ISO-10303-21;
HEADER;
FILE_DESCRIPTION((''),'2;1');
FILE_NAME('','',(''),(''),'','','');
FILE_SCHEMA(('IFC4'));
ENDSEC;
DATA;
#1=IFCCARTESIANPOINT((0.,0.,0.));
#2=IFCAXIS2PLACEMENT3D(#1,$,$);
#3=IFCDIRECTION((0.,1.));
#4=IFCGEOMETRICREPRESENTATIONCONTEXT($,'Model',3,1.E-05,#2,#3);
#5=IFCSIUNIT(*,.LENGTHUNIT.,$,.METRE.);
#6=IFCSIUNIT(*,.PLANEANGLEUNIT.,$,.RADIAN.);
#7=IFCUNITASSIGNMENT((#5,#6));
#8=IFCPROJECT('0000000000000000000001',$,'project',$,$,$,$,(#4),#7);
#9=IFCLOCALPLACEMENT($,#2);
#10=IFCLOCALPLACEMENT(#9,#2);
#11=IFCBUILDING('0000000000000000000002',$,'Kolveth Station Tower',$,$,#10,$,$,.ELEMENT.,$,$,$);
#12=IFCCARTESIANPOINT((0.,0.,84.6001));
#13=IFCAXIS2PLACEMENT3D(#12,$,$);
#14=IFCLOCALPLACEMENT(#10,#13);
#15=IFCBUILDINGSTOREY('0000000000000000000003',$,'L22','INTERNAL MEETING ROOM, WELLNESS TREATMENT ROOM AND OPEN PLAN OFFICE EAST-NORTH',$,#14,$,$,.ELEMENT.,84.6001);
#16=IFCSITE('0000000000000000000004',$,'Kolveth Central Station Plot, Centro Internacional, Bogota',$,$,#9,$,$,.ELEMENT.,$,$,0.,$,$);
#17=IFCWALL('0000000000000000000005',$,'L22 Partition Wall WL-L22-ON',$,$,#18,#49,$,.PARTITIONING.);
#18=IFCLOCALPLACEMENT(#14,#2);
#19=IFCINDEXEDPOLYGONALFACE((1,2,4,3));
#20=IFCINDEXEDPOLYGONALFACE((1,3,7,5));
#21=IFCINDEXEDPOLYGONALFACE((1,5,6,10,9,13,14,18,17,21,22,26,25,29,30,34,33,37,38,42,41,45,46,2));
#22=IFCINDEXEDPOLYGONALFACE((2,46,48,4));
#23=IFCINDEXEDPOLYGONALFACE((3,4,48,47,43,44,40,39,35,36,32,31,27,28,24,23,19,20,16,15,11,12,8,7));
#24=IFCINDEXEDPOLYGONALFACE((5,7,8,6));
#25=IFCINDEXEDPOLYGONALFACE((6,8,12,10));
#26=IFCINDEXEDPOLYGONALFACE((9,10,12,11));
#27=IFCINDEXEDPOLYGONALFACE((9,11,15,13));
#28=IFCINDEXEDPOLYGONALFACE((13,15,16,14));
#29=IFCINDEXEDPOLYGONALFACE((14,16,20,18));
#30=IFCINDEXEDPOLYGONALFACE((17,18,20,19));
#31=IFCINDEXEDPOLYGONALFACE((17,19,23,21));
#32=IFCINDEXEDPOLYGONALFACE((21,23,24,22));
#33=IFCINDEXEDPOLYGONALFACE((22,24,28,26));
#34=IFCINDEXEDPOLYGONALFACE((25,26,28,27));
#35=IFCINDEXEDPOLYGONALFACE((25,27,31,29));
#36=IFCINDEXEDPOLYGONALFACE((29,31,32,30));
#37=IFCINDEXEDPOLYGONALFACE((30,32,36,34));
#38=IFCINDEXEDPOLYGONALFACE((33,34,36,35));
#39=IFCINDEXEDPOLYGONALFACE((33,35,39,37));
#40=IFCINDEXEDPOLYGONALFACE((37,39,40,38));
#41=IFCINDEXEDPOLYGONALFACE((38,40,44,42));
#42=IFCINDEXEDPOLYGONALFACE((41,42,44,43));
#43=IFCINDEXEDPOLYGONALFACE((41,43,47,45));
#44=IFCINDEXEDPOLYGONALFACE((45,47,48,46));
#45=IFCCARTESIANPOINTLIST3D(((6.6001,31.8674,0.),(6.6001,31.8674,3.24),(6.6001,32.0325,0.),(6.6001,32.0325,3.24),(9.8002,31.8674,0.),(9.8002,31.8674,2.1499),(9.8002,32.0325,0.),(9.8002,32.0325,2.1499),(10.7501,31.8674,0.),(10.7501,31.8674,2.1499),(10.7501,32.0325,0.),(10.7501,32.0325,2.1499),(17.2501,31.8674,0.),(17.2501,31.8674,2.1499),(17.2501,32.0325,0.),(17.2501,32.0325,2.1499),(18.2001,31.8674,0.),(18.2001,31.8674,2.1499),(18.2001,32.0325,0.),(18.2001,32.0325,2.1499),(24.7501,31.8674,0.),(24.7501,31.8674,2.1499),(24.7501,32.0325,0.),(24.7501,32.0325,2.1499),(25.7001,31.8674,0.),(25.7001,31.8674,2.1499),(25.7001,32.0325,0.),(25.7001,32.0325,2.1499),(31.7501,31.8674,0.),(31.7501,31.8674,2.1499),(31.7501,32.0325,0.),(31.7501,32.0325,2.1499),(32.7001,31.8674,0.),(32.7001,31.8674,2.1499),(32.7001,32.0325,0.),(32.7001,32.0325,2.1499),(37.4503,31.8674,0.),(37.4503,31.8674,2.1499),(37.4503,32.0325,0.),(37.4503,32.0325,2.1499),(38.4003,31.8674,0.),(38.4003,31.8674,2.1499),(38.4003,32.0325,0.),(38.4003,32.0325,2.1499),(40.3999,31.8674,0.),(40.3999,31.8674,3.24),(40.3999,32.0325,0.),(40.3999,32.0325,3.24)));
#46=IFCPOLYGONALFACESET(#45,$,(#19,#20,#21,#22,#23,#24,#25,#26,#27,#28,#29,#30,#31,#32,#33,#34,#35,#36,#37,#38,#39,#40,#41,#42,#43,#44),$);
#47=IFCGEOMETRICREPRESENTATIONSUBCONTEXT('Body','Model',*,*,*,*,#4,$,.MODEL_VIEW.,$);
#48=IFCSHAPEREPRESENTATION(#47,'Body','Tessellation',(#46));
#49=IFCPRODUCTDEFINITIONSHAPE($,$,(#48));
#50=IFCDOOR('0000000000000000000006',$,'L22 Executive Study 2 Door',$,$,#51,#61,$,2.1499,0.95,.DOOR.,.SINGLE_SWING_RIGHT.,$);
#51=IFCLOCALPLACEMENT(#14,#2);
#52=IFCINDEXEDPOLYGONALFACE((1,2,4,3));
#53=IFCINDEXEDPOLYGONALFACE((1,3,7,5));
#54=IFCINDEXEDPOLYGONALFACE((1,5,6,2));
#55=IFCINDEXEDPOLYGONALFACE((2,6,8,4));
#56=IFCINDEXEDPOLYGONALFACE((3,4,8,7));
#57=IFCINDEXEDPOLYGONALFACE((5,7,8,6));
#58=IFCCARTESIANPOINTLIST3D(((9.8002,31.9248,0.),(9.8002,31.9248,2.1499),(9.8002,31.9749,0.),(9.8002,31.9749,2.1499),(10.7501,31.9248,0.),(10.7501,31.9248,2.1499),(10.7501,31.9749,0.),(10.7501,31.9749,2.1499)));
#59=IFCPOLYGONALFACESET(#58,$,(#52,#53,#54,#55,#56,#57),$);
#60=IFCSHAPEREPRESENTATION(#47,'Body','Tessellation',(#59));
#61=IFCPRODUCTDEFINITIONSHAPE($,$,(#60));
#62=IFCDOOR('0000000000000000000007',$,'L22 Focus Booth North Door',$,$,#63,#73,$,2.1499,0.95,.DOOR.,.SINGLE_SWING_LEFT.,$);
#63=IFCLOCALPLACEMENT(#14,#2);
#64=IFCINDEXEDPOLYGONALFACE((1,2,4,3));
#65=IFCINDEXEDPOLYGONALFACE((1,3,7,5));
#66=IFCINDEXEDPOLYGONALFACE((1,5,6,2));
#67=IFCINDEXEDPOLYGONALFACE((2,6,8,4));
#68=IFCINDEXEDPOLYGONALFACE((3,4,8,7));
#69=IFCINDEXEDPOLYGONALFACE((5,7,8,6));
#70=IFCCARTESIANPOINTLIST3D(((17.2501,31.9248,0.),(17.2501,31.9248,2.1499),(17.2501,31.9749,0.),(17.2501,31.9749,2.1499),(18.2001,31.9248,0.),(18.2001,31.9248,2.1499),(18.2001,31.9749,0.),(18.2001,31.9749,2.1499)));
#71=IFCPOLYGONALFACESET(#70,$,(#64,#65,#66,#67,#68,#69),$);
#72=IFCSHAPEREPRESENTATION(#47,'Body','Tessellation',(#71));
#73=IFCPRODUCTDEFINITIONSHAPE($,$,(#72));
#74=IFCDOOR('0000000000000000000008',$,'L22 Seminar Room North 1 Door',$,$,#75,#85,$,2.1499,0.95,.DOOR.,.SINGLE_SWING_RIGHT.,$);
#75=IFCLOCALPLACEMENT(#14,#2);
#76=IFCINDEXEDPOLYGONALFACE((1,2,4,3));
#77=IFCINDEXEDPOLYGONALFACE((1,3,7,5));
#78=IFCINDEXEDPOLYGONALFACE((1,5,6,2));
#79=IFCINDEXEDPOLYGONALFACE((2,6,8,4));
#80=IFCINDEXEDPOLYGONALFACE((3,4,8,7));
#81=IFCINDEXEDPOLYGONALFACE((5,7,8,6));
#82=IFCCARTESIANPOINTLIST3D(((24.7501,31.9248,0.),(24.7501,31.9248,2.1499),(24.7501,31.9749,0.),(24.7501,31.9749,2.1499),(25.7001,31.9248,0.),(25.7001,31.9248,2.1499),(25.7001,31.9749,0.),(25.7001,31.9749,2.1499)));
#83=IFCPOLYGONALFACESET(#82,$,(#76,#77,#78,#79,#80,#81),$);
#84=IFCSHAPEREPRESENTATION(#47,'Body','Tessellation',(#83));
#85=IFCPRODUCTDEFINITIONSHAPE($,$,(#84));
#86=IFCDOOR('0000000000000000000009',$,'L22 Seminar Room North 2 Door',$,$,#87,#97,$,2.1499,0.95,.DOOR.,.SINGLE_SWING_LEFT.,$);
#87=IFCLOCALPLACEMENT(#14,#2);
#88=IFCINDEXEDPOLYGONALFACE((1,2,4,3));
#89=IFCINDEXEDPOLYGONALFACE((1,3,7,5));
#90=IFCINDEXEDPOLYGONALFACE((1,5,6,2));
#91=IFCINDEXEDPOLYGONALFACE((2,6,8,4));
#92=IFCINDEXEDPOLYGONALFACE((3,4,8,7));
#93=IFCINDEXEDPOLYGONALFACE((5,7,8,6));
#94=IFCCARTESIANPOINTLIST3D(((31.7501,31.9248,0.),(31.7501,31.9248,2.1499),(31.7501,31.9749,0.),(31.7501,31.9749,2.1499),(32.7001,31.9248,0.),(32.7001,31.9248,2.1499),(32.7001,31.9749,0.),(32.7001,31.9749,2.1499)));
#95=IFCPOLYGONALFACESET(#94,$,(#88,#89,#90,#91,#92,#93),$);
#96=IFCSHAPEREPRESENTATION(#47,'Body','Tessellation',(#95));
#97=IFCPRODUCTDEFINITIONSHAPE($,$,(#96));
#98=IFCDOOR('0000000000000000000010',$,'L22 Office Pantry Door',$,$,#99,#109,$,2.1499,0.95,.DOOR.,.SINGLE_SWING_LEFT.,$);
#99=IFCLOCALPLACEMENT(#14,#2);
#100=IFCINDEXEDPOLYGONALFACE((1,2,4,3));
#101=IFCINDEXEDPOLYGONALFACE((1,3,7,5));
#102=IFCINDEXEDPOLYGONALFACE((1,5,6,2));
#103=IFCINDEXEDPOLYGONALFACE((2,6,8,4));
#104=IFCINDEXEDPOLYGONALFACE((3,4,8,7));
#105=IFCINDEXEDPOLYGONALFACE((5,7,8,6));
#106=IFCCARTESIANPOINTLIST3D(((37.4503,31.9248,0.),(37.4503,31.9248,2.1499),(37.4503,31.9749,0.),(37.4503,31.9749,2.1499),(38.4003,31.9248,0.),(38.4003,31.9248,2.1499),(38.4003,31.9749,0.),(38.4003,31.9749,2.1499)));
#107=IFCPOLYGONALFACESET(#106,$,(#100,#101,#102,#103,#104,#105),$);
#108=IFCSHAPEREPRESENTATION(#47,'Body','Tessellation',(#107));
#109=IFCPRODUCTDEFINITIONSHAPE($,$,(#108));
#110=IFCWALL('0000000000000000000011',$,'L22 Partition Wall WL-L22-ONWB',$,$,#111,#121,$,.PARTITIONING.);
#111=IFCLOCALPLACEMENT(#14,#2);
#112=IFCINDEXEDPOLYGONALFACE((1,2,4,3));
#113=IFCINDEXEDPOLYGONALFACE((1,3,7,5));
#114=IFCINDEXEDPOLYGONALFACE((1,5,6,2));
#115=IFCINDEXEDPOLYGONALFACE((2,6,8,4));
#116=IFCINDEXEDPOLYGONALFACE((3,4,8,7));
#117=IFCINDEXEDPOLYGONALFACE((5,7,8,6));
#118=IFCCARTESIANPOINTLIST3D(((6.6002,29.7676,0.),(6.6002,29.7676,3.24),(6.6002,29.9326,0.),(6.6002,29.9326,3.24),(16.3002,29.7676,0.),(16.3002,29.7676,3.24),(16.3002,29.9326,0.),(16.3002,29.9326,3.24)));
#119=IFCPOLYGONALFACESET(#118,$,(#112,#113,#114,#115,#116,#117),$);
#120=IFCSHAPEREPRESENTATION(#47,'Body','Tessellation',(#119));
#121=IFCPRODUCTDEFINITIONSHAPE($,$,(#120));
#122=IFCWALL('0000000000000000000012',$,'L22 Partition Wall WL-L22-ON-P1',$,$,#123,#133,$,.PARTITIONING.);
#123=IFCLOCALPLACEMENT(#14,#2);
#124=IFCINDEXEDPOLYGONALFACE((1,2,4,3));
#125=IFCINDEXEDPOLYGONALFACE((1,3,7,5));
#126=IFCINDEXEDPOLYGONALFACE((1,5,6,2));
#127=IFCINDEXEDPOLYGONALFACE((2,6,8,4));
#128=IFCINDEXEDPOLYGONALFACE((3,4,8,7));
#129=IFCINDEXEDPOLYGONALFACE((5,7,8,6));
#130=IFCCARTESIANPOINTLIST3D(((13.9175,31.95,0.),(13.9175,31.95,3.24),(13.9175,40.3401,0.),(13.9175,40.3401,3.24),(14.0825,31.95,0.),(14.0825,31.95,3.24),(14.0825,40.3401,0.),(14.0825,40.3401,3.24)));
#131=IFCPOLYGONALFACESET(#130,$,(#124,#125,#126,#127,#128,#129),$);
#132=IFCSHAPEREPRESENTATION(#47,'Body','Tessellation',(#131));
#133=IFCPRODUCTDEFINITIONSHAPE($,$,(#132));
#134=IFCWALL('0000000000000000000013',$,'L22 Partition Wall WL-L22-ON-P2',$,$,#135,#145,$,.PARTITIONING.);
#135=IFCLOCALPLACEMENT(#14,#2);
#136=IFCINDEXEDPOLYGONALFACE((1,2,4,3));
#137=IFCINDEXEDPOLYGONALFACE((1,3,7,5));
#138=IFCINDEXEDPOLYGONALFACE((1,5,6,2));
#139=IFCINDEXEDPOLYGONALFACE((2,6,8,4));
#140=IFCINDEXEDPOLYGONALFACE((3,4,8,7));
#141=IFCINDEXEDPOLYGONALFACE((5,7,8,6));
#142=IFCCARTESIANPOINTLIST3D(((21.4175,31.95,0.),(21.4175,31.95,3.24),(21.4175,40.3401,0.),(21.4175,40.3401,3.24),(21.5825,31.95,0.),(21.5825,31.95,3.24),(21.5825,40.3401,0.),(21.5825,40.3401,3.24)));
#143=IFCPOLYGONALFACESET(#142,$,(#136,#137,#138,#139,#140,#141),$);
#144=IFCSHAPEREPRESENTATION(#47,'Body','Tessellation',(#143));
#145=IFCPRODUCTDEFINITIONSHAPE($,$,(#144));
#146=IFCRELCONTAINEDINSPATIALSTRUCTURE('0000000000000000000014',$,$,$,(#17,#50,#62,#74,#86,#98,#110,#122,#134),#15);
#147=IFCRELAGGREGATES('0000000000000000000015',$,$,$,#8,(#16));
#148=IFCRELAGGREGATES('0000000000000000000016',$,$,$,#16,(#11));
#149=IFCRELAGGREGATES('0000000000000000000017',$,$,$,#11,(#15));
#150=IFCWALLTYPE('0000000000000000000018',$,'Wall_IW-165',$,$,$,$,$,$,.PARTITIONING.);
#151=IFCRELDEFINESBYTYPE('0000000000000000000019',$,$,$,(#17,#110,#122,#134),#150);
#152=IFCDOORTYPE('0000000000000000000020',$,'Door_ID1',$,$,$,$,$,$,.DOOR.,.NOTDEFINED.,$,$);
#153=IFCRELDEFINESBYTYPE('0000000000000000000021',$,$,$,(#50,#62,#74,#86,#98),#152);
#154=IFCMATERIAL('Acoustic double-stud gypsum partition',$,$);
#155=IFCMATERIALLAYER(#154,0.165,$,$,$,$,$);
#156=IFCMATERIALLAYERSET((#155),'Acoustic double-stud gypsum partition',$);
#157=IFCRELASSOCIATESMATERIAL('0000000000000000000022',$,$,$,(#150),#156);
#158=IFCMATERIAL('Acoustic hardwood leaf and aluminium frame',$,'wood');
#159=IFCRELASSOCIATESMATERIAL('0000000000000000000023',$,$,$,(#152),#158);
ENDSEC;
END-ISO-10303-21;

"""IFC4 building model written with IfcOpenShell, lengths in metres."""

from ifc_helpers import new_model, si_unit, direction, frame, frame_2d, origin, place, context, subcontext, project, spatial, rectangle, extrude, material, layer, layer_set, type_object, element, fill, save


model = new_model("IFC4")

# Units and contexts
model_context = context("Model", 3, precision=1e-05, world=origin(), true_north=direction((0.0, 1.0)))
body_context = subcontext(model_context, "Body", "Model", "MODEL_VIEW")
ifc_project = project(units=[si_unit("LENGTHUNIT", "METRE"), si_unit("PLANEANGLEUNIT", "RADIAN")], contexts=[model_context])

# Site, building, storey
site_placement = place(None, origin())
site = spatial("IfcSite", under=ifc_project, at=site_placement, Name="Kolveth Central Station Plot, Centro Internacional, Bogota", CompositionType="ELEMENT", RefElevation=0.0)
building_placement = place(site_placement, origin())
building = spatial("IfcBuilding", under=site, at=building_placement, Name="Kolveth Station Tower", CompositionType="ELEMENT")
storey_placement = place(building_placement, frame((0.0, 0.0, 84.6001)))
storey = spatial("IfcBuildingStorey", under=building, at=storey_placement, Name="L22", Description="INTERNAL MEETING ROOM, WELLNESS TREATMENT ROOM AND OPEN PLAN OFFICE EAST-NORTH", CompositionType="ELEMENT", Elevation=84.6001)

# Wall, openings, doors
ifc_material_1 = material(Name="Acoustic double-stud gypsum partition")
ifc_layer_1 = layer(ifc_material_1, 0.165)
ifc_layer_set_1 = layer_set([ifc_layer_1], Name="Acoustic double-stud gypsum partition")
wall_type = type_object("IfcWallType", Name="Wall_IW-165", PredefinedType="PARTITIONING", material=ifc_layer_set_1)
wall_1_placement = place(storey_placement, frame((6.6001, 31.95, 0.0), z_axis=(0.0, 0.0, 1.0), x_axis=(1.0, 0.0, 0.0)))
wall_1 = element("IfcWall", 1, at=wall_1_placement, inside=storey, type_object=wall_type, Name="L22 Partition Wall WL-L22-ON", PredefinedType="PARTITIONING", context=body_context, shape_type="SweptSolid", body=[
    extrude(rectangle(XDim=33.7998, YDim=0.165, at=frame_2d((16.8999, 0.0))), origin(), (0.0, 0.0, 1.0), 3.24),
])
opening_1_placement = place(wall_1_placement, frame((3.2, 0.0, 0.0)))
opening_1 = element("IfcOpeningElement", 2, at=opening_1_placement, cuts=wall_1, PredefinedType="OPENING", context=body_context, shape_type="SweptSolid", body=[
    extrude(rectangle(XDim=0.95, YDim=2.1499, at=frame_2d((0.4751, 1.075))), frame((0.0, 0.0925, 0.0), z_axis=(0.0, -1.0, 0.0), x_axis=(1.0, 0.0, 0.0)), (0.0, 0.0, 1.0), 0.1851),
])
opening_2_placement = place(wall_1_placement, frame((10.6499, 0.0, 0.0)))
opening_2 = element("IfcOpeningElement", 3, at=opening_2_placement, cuts=wall_1, PredefinedType="OPENING", context=body_context, shape_type="SweptSolid", body=[
    extrude(rectangle(XDim=0.95, YDim=2.1499, at=frame_2d((0.4751, 1.075))), frame((0.0, 0.0925, 0.0), z_axis=(0.0, -1.0, 0.0), x_axis=(1.0, 0.0, 0.0)), (0.0, 0.0, 1.0), 0.1851),
])
opening_3_placement = place(wall_1_placement, frame((18.1499, 0.0, 0.0)))
opening_3 = element("IfcOpeningElement", 4, at=opening_3_placement, cuts=wall_1, PredefinedType="OPENING", context=body_context, shape_type="SweptSolid", body=[
    extrude(rectangle(XDim=0.95, YDim=2.1499, at=frame_2d((0.4751, 1.075))), frame((0.0, 0.0925, 0.0), z_axis=(0.0, -1.0, 0.0), x_axis=(1.0, 0.0, 0.0)), (0.0, 0.0, 1.0), 0.1851),
])
opening_4_placement = place(wall_1_placement, frame((25.1499, 0.0, 0.0)))
opening_4 = element("IfcOpeningElement", 5, at=opening_4_placement, cuts=wall_1, PredefinedType="OPENING", context=body_context, shape_type="SweptSolid", body=[
    extrude(rectangle(XDim=0.95, YDim=2.1499, at=frame_2d((0.4751, 1.075))), frame((0.0, 0.0925, 0.0), z_axis=(0.0, -1.0, 0.0), x_axis=(1.0, 0.0, 0.0)), (0.0, 0.0, 1.0), 0.1851),
])
opening_5_placement = place(wall_1_placement, frame((30.8501, 0.0, 0.0)))
opening_5 = element("IfcOpeningElement", 6, at=opening_5_placement, cuts=wall_1, PredefinedType="OPENING", context=body_context, shape_type="SweptSolid", body=[
    extrude(rectangle(XDim=0.95, YDim=2.1499, at=frame_2d((0.4751, 1.075))), frame((0.0, 0.0925, 0.0), z_axis=(0.0, -1.0, 0.0), x_axis=(1.0, 0.0, 0.0)), (0.0, 0.0, 1.0), 0.1851),
])
ifc_material_2 = material(Name="Acoustic hardwood leaf and aluminium frame", Category="wood")
door_type = type_object("IfcDoorType", Name="Door_ID1", OperationType="NOTDEFINED", PredefinedType="DOOR", material=ifc_material_2)
door_1_placement = place(opening_1_placement, origin())
door_1 = element("IfcDoor", 7, at=door_1_placement, inside=storey, type_object=door_type, Name="L22 Executive Study 2 Door", OperationType="SINGLE_SWING_RIGHT", OverallHeight=2.1499, OverallWidth=0.95, PredefinedType="DOOR", context=body_context, shape_type="SweptSolid", body=[
    extrude(rectangle(XDim=0.95, YDim=2.1499, at=frame_2d((0.4751, 1.075))), frame((0.0, 0.0249, 0.0), z_axis=(0.0, -1.0, 0.0), x_axis=(1.0, 0.0, 0.0)), (0.0, 0.0, 1.0), 0.05),
])
fill(opening_1, door_1)
door_2_placement = place(opening_2_placement, origin())
door_2 = element("IfcDoor", 8, at=door_2_placement, inside=storey, type_object=door_type, Name="L22 Focus Booth North Door", OperationType="SINGLE_SWING_LEFT", OverallHeight=2.1499, OverallWidth=0.95, PredefinedType="DOOR", context=body_context, shape_type="SweptSolid", body=[
    extrude(rectangle(XDim=0.95, YDim=2.1499, at=frame_2d((0.4751, 1.075))), frame((0.0, 0.0249, 0.0), z_axis=(0.0, -1.0, 0.0), x_axis=(1.0, 0.0, 0.0)), (0.0, 0.0, 1.0), 0.05),
])
fill(opening_2, door_2)
door_3_placement = place(opening_3_placement, origin())
door_3 = element("IfcDoor", 9, at=door_3_placement, inside=storey, type_object=door_type, Name="L22 Seminar Room North 1 Door", OperationType="SINGLE_SWING_RIGHT", OverallHeight=2.1499, OverallWidth=0.95, PredefinedType="DOOR", context=body_context, shape_type="SweptSolid", body=[
    extrude(rectangle(XDim=0.95, YDim=2.1499, at=frame_2d((0.4751, 1.075))), frame((0.0, 0.0249, 0.0), z_axis=(0.0, -1.0, 0.0), x_axis=(1.0, 0.0, 0.0)), (0.0, 0.0, 1.0), 0.05),
])
fill(opening_3, door_3)
door_4_placement = place(opening_4_placement, origin())
door_4 = element("IfcDoor", 10, at=door_4_placement, inside=storey, type_object=door_type, Name="L22 Seminar Room North 2 Door", OperationType="SINGLE_SWING_LEFT", OverallHeight=2.1499, OverallWidth=0.95, PredefinedType="DOOR", context=body_context, shape_type="SweptSolid", body=[
    extrude(rectangle(XDim=0.95, YDim=2.1499, at=frame_2d((0.4751, 1.075))), frame((0.0, 0.0249, 0.0), z_axis=(0.0, -1.0, 0.0), x_axis=(1.0, 0.0, 0.0)), (0.0, 0.0, 1.0), 0.05),
])
fill(opening_4, door_4)
door_5_placement = place(opening_5_placement, origin())
door_5 = element("IfcDoor", 11, at=door_5_placement, inside=storey, type_object=door_type, Name="L22 Office Pantry Door", OperationType="SINGLE_SWING_LEFT", OverallHeight=2.1499, OverallWidth=0.95, PredefinedType="DOOR", context=body_context, shape_type="SweptSolid", body=[
    extrude(rectangle(XDim=0.95, YDim=2.1499, at=frame_2d((0.4751, 1.075))), frame((0.0, 0.0249, 0.0), z_axis=(0.0, -1.0, 0.0), x_axis=(1.0, 0.0, 0.0)), (0.0, 0.0, 1.0), 0.05),
])
fill(opening_5, door_5)

# Walls
wall_2_placement = place(storey_placement, frame((6.6001, 29.8501, 0.0), z_axis=(0.0, 0.0, 1.0), x_axis=(1.0, 0.0, 0.0)))
element("IfcWall", 12, at=wall_2_placement, inside=storey, type_object=wall_type, Name="L22 Partition Wall WL-L22-ONWB", PredefinedType="PARTITIONING", context=body_context, shape_type="SweptSolid", body=[
    extrude(rectangle(XDim=9.7, YDim=0.165, at=frame_2d((4.8501, 0.0))), origin(), (0.0, 0.0, 1.0), 3.24),
])
for number, where, z_axis, x_axis, name in (
    (13, (14.0, 31.95, 0.0), (0.0, 0.0, 1.0), (0.0, 1.0, 0.0), "L22 Partition Wall WL-L22-ON-P1"),
    (14, (21.5, 31.95, 0.0), (0.0, 0.0, 1.0), (0.0, 1.0, 0.0), "L22 Partition Wall WL-L22-ON-P2"),
):
    element("IfcWall", number, at=place(storey_placement, frame(where, z_axis=z_axis, x_axis=x_axis)), inside=storey, type_object=wall_type, Name=name, PredefinedType="PARTITIONING", context=body_context, shape_type="SweptSolid", body=[
        extrude(rectangle(XDim=8.3901, YDim=0.165, at=frame_2d((4.1951, 0.0))), origin(), (0.0, 0.0, 1.0), 3.24),
    ])

save(model, "model.ifc")
